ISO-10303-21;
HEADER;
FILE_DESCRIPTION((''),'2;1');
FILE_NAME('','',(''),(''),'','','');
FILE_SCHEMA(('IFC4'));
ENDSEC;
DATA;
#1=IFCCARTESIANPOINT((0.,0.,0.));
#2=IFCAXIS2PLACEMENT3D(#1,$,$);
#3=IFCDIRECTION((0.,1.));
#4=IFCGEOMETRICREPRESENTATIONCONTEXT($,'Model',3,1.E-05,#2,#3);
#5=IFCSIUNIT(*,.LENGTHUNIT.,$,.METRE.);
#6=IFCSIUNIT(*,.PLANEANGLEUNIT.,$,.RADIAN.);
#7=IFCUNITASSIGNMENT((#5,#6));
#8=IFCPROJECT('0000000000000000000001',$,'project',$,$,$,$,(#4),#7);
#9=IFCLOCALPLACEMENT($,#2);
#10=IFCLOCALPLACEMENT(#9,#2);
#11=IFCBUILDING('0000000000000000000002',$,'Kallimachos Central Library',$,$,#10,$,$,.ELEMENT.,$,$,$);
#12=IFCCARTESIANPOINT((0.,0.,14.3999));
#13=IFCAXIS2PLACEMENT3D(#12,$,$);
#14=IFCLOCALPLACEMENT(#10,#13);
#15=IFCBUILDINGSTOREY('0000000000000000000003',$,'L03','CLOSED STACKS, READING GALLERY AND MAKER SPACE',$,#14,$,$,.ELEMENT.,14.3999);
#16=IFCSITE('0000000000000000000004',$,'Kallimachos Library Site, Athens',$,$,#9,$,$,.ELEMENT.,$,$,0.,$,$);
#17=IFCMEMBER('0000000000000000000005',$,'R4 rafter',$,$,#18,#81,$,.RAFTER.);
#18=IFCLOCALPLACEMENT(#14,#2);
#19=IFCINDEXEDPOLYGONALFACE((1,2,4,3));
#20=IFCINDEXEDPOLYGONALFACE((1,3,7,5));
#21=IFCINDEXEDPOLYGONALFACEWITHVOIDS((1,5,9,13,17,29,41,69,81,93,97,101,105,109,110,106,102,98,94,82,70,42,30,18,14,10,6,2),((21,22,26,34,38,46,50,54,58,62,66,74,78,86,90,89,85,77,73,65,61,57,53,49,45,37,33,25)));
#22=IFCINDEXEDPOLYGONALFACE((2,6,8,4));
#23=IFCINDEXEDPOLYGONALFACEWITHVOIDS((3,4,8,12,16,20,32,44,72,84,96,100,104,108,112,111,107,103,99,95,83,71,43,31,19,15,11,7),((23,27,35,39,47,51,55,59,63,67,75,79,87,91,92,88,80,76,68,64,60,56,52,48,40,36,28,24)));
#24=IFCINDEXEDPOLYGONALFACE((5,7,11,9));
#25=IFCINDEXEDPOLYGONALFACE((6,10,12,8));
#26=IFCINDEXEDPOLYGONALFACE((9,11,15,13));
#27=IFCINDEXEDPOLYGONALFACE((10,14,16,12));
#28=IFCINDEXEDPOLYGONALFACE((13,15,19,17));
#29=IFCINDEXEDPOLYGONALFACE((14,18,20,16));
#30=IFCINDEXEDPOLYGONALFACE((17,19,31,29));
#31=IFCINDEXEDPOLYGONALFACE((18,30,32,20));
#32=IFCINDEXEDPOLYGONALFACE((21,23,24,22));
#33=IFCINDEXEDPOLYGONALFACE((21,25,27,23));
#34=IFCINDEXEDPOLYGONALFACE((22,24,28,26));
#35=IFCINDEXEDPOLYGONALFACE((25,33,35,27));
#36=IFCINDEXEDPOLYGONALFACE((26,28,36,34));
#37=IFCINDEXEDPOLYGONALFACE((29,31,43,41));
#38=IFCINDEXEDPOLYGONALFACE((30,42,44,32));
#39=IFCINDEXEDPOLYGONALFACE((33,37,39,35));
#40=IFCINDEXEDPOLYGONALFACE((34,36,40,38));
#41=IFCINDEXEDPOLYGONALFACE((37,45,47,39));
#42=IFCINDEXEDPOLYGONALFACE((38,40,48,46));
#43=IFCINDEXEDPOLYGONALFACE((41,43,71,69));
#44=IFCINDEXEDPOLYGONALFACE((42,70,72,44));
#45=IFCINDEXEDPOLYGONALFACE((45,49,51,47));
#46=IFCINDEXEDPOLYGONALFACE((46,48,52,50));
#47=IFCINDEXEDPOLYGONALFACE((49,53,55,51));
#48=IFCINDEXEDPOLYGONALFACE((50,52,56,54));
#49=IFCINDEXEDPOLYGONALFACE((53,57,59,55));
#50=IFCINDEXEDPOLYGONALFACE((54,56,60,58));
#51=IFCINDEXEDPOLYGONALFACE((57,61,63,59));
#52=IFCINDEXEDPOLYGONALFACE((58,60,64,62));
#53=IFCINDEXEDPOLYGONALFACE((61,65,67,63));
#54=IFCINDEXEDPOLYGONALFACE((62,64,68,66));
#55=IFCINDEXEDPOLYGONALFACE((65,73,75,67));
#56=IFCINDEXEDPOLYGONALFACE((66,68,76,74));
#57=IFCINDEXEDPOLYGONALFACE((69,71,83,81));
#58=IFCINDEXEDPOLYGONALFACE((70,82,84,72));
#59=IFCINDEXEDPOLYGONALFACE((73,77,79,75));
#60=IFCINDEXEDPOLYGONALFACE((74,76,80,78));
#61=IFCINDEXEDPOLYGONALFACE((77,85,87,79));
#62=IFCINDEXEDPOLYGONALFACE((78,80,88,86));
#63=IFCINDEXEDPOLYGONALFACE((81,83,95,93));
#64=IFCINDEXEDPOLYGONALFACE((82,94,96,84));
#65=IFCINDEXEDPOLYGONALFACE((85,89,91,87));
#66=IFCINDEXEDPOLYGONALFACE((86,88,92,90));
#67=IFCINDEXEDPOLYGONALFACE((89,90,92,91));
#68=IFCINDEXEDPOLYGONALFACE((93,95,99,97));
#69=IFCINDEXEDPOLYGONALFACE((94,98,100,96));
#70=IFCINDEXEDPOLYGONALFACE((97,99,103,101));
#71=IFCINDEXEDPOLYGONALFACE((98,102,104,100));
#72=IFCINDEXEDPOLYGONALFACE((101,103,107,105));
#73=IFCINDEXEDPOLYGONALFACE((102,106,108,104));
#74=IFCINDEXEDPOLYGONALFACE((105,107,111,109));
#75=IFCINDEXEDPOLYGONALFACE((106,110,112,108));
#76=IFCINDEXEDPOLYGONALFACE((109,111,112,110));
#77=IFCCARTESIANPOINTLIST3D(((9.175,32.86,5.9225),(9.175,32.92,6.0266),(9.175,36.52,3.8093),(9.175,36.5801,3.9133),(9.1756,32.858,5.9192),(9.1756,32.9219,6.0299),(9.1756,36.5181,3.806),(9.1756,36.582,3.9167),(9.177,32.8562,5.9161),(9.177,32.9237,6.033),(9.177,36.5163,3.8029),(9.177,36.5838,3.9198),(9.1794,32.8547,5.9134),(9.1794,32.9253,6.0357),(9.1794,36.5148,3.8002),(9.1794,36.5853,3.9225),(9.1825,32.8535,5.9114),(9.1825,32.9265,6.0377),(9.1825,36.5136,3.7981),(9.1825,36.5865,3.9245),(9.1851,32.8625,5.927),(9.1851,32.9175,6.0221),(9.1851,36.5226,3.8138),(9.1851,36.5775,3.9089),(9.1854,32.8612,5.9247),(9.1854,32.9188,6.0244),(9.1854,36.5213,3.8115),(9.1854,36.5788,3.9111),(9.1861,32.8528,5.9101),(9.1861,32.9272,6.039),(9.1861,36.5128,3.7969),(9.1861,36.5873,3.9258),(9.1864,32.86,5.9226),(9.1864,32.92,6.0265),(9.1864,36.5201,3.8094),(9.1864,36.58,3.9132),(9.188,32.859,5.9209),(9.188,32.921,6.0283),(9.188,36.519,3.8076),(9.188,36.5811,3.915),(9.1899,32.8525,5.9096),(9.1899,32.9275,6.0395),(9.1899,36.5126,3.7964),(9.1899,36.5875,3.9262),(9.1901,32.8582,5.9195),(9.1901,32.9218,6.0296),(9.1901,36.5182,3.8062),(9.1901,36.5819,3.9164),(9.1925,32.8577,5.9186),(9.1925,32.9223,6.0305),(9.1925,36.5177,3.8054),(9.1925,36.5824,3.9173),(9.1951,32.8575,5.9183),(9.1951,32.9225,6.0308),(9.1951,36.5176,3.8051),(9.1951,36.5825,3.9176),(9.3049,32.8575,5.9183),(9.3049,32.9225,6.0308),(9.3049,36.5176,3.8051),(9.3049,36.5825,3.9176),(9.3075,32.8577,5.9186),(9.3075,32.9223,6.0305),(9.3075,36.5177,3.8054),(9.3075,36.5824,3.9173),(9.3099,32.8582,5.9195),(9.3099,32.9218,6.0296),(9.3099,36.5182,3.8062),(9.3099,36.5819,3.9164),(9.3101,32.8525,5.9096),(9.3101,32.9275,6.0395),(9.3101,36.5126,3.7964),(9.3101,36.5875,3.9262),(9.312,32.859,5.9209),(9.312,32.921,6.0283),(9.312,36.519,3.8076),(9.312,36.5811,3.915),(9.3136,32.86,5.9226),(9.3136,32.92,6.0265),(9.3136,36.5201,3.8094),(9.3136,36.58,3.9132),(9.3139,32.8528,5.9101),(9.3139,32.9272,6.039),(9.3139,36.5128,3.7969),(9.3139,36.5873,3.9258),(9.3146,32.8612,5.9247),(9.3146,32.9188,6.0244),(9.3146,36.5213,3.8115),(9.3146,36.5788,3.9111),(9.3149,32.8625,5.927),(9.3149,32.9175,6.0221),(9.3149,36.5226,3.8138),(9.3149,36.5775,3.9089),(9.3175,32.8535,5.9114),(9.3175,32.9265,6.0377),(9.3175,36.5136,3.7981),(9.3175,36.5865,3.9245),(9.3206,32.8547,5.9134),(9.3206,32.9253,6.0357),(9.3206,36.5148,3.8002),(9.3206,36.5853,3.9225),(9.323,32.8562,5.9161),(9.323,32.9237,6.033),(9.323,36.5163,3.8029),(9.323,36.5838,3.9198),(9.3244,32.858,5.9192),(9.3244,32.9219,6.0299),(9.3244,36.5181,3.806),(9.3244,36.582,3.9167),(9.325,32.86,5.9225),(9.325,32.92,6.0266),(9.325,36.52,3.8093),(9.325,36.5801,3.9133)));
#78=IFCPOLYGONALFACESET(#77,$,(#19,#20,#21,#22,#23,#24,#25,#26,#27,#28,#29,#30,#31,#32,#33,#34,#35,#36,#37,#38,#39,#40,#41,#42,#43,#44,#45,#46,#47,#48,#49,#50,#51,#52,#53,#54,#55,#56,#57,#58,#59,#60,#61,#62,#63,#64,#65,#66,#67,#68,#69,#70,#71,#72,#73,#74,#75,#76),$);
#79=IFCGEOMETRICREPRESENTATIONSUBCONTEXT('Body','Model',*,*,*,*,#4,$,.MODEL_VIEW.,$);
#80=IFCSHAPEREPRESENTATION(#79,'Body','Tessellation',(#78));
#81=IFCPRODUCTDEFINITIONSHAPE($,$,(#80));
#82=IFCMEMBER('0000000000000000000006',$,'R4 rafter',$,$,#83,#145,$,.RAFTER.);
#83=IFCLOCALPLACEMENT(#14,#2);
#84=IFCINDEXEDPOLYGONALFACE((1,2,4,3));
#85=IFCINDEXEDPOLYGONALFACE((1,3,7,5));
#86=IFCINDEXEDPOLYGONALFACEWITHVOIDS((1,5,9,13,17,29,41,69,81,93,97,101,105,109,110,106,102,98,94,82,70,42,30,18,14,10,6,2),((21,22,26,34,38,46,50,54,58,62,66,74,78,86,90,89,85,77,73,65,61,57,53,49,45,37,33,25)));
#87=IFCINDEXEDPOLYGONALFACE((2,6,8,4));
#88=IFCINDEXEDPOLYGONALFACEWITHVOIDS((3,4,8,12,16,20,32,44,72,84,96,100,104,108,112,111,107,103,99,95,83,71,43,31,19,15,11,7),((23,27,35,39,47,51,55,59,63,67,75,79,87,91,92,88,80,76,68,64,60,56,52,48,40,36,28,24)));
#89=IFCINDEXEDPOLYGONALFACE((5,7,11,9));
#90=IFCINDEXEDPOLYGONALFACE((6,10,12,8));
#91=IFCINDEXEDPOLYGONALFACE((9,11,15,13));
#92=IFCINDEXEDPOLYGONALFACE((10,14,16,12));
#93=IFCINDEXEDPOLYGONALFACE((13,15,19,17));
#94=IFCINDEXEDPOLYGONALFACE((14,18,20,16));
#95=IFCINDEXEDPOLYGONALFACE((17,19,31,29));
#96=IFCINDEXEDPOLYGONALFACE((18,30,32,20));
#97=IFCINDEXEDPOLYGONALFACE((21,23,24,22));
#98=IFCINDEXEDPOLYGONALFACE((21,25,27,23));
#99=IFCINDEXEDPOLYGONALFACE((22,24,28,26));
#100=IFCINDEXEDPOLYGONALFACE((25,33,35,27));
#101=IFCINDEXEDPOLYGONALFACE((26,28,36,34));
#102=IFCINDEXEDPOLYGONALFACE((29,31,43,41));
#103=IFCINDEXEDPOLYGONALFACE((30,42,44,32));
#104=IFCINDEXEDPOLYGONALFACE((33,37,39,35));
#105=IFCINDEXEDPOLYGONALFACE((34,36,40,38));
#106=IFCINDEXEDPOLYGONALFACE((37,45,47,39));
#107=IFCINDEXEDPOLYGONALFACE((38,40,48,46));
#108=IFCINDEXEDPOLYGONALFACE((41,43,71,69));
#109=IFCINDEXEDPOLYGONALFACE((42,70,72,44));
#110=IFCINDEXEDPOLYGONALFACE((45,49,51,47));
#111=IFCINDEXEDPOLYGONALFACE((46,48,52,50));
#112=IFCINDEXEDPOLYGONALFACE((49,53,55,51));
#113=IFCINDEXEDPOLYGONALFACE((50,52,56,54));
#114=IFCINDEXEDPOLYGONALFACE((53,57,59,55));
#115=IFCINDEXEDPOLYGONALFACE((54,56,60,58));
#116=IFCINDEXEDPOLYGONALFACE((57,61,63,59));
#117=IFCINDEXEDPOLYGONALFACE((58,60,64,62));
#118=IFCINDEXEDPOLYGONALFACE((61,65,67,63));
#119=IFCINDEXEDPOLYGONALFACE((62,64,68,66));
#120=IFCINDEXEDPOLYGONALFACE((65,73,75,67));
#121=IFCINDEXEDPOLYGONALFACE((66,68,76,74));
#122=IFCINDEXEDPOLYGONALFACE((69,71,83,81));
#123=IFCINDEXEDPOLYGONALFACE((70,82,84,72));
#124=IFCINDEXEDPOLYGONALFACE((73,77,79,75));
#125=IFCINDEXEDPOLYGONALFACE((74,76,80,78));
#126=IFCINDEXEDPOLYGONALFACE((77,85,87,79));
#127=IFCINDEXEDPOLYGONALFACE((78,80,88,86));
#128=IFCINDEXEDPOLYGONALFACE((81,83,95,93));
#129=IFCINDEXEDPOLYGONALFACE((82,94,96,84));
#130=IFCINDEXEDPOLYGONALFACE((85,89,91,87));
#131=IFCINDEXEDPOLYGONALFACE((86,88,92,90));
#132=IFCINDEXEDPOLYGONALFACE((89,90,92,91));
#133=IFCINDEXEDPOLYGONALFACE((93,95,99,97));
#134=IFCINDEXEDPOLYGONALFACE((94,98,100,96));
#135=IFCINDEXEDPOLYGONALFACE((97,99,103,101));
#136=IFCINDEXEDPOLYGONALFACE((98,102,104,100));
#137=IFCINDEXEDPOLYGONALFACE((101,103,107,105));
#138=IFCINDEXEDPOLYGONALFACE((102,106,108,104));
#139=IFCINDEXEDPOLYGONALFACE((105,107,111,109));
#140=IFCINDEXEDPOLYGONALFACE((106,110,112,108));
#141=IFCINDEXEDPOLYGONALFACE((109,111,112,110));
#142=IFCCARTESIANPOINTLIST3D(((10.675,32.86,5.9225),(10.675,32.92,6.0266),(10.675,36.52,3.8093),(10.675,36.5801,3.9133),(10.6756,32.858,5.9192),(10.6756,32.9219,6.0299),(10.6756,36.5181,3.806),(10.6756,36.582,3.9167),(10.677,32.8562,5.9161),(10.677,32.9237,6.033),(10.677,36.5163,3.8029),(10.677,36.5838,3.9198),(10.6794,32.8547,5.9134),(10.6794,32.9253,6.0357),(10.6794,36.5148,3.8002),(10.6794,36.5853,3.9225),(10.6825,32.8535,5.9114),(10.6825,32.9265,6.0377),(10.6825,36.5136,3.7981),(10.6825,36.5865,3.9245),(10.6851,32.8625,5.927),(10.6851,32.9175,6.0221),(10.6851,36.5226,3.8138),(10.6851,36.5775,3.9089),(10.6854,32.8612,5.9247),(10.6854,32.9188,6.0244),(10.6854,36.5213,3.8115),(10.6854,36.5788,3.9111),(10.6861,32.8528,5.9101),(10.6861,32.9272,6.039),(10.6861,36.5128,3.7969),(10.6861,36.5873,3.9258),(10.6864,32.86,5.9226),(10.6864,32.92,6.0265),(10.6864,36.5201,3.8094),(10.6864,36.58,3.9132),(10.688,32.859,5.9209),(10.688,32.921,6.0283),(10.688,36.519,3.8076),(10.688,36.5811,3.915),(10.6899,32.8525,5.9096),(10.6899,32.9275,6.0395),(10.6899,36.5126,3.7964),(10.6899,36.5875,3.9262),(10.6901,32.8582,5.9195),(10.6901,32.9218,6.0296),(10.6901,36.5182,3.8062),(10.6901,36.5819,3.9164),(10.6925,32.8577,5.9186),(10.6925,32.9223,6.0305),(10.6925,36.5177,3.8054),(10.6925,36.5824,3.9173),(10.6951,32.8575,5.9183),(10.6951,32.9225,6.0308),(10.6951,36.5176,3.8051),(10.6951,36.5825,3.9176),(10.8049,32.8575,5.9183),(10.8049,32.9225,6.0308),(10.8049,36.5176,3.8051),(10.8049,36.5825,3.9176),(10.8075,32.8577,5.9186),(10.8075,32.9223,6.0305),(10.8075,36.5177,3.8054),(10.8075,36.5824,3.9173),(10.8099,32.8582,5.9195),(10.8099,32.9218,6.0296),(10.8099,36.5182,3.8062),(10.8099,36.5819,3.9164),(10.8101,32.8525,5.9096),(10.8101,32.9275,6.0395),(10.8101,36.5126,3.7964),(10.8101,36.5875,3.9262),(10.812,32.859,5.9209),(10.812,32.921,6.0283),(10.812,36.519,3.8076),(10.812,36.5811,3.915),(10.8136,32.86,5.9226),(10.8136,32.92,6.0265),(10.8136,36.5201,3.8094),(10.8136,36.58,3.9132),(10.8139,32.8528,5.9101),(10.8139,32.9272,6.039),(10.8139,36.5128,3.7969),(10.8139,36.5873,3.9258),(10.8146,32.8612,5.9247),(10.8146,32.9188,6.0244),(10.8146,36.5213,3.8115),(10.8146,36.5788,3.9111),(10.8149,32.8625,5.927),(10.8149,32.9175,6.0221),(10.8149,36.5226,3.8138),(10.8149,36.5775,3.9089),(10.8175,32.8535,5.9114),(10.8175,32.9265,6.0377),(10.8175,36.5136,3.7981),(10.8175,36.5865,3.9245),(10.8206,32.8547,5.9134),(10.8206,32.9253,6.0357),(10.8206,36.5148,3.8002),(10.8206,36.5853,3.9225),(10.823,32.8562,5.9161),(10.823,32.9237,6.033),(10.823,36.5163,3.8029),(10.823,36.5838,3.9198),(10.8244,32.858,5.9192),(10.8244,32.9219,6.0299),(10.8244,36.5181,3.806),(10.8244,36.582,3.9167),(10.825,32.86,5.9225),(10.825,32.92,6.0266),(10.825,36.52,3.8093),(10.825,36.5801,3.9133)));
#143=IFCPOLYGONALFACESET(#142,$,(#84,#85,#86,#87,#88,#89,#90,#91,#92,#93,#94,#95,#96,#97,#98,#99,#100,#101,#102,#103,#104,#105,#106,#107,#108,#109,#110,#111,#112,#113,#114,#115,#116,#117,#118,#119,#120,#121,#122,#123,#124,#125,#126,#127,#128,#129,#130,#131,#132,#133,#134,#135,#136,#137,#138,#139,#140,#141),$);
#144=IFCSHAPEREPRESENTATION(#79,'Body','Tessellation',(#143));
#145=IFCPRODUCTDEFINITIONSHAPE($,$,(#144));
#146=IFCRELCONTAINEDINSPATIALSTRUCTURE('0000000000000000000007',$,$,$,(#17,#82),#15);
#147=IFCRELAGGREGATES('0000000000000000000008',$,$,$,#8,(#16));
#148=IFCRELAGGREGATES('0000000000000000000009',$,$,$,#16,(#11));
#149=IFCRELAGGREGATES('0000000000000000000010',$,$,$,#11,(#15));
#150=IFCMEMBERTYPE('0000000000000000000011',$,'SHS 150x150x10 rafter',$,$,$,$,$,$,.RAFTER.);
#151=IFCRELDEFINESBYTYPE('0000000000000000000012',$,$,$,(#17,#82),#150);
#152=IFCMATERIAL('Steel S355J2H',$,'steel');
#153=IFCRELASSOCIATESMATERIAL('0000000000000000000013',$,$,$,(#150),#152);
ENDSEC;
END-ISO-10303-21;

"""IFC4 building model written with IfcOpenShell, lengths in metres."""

from ifc_helpers import new_model, si_unit, direction, frame, origin, origin_2d, place, context, subcontext, project, spatial, hollow_rectangle, extrude, material, material_profile, profile_set, type_object, element, save


model = new_model("IFC4")

# Units and contexts
model_context = context("Model", 3, precision=1e-05, world=origin(), true_north=direction((0.0, 1.0)))
body_context = subcontext(model_context, "Body", "Model", "MODEL_VIEW")
ifc_project = project(units=[si_unit("LENGTHUNIT", "METRE"), si_unit("PLANEANGLEUNIT", "RADIAN")], contexts=[model_context])

# Site, building, storey
site_placement = place(None, origin())
site = spatial("IfcSite", under=ifc_project, at=site_placement, Name="Kallimachos Library Site, Athens", CompositionType="ELEMENT", RefElevation=0.0)
building_placement = place(site_placement, origin())
building = spatial("IfcBuilding", under=site, at=building_placement, Name="Kallimachos Central Library", CompositionType="ELEMENT")
storey_placement = place(building_placement, frame((0.0, 0.0, 14.3999)))
storey = spatial("IfcBuildingStorey", under=building, at=storey_placement, Name="L03", Description="CLOSED STACKS, READING GALLERY AND MAKER SPACE", CompositionType="ELEMENT", Elevation=14.3999)

# Members
ifc_material_1 = material(Name="Steel S355J2H", Category="steel")
ifc_material_profile_1 = material_profile(ifc_material_1, hollow_rectangle(XDim=0.1499, YDim=0.1499, WallThickness=0.01, InnerFilletRadius=0.01, OuterFilletRadius=0.0149, at=origin_2d()), Name="SHS 150x150x10")
ifc_profile_set_1 = profile_set([ifc_material_profile_1], Name="Steel S355J2H")
member_type_1 = type_object("IfcMemberType", Name="SHS 150x150x10 rafter", PredefinedType="RAFTER", material=ifc_profile_set_1)
for number, where, z_axis, x_axis, name in (
    (1, (9.25, 36.55, 3.8613), (0.0, -0.866016, 0.500016), (1.0, 0.0, 0.0), "R4 rafter"),
    (2, (10.75, 36.55, 3.8613), (0.0, -0.866016, 0.500016), (1.0, 0.0, 0.0), "R4 rafter"),
):
    element("IfcMember", number, at=place(storey_placement, frame(where, z_axis=z_axis, x_axis=x_axis)), inside=storey, type_object=member_type_1, Name=name, PredefinedType="RAFTER", context=body_context, shape_type="SweptSolid", body=[
        extrude(hollow_rectangle(XDim=0.1499, YDim=0.1499, WallThickness=0.01, InnerFilletRadius=0.01, OuterFilletRadius=0.0149, at=origin_2d()), origin(), (0.0, 0.0, 1.0), 4.2263),
    ])

save(model, "model.ifc")
